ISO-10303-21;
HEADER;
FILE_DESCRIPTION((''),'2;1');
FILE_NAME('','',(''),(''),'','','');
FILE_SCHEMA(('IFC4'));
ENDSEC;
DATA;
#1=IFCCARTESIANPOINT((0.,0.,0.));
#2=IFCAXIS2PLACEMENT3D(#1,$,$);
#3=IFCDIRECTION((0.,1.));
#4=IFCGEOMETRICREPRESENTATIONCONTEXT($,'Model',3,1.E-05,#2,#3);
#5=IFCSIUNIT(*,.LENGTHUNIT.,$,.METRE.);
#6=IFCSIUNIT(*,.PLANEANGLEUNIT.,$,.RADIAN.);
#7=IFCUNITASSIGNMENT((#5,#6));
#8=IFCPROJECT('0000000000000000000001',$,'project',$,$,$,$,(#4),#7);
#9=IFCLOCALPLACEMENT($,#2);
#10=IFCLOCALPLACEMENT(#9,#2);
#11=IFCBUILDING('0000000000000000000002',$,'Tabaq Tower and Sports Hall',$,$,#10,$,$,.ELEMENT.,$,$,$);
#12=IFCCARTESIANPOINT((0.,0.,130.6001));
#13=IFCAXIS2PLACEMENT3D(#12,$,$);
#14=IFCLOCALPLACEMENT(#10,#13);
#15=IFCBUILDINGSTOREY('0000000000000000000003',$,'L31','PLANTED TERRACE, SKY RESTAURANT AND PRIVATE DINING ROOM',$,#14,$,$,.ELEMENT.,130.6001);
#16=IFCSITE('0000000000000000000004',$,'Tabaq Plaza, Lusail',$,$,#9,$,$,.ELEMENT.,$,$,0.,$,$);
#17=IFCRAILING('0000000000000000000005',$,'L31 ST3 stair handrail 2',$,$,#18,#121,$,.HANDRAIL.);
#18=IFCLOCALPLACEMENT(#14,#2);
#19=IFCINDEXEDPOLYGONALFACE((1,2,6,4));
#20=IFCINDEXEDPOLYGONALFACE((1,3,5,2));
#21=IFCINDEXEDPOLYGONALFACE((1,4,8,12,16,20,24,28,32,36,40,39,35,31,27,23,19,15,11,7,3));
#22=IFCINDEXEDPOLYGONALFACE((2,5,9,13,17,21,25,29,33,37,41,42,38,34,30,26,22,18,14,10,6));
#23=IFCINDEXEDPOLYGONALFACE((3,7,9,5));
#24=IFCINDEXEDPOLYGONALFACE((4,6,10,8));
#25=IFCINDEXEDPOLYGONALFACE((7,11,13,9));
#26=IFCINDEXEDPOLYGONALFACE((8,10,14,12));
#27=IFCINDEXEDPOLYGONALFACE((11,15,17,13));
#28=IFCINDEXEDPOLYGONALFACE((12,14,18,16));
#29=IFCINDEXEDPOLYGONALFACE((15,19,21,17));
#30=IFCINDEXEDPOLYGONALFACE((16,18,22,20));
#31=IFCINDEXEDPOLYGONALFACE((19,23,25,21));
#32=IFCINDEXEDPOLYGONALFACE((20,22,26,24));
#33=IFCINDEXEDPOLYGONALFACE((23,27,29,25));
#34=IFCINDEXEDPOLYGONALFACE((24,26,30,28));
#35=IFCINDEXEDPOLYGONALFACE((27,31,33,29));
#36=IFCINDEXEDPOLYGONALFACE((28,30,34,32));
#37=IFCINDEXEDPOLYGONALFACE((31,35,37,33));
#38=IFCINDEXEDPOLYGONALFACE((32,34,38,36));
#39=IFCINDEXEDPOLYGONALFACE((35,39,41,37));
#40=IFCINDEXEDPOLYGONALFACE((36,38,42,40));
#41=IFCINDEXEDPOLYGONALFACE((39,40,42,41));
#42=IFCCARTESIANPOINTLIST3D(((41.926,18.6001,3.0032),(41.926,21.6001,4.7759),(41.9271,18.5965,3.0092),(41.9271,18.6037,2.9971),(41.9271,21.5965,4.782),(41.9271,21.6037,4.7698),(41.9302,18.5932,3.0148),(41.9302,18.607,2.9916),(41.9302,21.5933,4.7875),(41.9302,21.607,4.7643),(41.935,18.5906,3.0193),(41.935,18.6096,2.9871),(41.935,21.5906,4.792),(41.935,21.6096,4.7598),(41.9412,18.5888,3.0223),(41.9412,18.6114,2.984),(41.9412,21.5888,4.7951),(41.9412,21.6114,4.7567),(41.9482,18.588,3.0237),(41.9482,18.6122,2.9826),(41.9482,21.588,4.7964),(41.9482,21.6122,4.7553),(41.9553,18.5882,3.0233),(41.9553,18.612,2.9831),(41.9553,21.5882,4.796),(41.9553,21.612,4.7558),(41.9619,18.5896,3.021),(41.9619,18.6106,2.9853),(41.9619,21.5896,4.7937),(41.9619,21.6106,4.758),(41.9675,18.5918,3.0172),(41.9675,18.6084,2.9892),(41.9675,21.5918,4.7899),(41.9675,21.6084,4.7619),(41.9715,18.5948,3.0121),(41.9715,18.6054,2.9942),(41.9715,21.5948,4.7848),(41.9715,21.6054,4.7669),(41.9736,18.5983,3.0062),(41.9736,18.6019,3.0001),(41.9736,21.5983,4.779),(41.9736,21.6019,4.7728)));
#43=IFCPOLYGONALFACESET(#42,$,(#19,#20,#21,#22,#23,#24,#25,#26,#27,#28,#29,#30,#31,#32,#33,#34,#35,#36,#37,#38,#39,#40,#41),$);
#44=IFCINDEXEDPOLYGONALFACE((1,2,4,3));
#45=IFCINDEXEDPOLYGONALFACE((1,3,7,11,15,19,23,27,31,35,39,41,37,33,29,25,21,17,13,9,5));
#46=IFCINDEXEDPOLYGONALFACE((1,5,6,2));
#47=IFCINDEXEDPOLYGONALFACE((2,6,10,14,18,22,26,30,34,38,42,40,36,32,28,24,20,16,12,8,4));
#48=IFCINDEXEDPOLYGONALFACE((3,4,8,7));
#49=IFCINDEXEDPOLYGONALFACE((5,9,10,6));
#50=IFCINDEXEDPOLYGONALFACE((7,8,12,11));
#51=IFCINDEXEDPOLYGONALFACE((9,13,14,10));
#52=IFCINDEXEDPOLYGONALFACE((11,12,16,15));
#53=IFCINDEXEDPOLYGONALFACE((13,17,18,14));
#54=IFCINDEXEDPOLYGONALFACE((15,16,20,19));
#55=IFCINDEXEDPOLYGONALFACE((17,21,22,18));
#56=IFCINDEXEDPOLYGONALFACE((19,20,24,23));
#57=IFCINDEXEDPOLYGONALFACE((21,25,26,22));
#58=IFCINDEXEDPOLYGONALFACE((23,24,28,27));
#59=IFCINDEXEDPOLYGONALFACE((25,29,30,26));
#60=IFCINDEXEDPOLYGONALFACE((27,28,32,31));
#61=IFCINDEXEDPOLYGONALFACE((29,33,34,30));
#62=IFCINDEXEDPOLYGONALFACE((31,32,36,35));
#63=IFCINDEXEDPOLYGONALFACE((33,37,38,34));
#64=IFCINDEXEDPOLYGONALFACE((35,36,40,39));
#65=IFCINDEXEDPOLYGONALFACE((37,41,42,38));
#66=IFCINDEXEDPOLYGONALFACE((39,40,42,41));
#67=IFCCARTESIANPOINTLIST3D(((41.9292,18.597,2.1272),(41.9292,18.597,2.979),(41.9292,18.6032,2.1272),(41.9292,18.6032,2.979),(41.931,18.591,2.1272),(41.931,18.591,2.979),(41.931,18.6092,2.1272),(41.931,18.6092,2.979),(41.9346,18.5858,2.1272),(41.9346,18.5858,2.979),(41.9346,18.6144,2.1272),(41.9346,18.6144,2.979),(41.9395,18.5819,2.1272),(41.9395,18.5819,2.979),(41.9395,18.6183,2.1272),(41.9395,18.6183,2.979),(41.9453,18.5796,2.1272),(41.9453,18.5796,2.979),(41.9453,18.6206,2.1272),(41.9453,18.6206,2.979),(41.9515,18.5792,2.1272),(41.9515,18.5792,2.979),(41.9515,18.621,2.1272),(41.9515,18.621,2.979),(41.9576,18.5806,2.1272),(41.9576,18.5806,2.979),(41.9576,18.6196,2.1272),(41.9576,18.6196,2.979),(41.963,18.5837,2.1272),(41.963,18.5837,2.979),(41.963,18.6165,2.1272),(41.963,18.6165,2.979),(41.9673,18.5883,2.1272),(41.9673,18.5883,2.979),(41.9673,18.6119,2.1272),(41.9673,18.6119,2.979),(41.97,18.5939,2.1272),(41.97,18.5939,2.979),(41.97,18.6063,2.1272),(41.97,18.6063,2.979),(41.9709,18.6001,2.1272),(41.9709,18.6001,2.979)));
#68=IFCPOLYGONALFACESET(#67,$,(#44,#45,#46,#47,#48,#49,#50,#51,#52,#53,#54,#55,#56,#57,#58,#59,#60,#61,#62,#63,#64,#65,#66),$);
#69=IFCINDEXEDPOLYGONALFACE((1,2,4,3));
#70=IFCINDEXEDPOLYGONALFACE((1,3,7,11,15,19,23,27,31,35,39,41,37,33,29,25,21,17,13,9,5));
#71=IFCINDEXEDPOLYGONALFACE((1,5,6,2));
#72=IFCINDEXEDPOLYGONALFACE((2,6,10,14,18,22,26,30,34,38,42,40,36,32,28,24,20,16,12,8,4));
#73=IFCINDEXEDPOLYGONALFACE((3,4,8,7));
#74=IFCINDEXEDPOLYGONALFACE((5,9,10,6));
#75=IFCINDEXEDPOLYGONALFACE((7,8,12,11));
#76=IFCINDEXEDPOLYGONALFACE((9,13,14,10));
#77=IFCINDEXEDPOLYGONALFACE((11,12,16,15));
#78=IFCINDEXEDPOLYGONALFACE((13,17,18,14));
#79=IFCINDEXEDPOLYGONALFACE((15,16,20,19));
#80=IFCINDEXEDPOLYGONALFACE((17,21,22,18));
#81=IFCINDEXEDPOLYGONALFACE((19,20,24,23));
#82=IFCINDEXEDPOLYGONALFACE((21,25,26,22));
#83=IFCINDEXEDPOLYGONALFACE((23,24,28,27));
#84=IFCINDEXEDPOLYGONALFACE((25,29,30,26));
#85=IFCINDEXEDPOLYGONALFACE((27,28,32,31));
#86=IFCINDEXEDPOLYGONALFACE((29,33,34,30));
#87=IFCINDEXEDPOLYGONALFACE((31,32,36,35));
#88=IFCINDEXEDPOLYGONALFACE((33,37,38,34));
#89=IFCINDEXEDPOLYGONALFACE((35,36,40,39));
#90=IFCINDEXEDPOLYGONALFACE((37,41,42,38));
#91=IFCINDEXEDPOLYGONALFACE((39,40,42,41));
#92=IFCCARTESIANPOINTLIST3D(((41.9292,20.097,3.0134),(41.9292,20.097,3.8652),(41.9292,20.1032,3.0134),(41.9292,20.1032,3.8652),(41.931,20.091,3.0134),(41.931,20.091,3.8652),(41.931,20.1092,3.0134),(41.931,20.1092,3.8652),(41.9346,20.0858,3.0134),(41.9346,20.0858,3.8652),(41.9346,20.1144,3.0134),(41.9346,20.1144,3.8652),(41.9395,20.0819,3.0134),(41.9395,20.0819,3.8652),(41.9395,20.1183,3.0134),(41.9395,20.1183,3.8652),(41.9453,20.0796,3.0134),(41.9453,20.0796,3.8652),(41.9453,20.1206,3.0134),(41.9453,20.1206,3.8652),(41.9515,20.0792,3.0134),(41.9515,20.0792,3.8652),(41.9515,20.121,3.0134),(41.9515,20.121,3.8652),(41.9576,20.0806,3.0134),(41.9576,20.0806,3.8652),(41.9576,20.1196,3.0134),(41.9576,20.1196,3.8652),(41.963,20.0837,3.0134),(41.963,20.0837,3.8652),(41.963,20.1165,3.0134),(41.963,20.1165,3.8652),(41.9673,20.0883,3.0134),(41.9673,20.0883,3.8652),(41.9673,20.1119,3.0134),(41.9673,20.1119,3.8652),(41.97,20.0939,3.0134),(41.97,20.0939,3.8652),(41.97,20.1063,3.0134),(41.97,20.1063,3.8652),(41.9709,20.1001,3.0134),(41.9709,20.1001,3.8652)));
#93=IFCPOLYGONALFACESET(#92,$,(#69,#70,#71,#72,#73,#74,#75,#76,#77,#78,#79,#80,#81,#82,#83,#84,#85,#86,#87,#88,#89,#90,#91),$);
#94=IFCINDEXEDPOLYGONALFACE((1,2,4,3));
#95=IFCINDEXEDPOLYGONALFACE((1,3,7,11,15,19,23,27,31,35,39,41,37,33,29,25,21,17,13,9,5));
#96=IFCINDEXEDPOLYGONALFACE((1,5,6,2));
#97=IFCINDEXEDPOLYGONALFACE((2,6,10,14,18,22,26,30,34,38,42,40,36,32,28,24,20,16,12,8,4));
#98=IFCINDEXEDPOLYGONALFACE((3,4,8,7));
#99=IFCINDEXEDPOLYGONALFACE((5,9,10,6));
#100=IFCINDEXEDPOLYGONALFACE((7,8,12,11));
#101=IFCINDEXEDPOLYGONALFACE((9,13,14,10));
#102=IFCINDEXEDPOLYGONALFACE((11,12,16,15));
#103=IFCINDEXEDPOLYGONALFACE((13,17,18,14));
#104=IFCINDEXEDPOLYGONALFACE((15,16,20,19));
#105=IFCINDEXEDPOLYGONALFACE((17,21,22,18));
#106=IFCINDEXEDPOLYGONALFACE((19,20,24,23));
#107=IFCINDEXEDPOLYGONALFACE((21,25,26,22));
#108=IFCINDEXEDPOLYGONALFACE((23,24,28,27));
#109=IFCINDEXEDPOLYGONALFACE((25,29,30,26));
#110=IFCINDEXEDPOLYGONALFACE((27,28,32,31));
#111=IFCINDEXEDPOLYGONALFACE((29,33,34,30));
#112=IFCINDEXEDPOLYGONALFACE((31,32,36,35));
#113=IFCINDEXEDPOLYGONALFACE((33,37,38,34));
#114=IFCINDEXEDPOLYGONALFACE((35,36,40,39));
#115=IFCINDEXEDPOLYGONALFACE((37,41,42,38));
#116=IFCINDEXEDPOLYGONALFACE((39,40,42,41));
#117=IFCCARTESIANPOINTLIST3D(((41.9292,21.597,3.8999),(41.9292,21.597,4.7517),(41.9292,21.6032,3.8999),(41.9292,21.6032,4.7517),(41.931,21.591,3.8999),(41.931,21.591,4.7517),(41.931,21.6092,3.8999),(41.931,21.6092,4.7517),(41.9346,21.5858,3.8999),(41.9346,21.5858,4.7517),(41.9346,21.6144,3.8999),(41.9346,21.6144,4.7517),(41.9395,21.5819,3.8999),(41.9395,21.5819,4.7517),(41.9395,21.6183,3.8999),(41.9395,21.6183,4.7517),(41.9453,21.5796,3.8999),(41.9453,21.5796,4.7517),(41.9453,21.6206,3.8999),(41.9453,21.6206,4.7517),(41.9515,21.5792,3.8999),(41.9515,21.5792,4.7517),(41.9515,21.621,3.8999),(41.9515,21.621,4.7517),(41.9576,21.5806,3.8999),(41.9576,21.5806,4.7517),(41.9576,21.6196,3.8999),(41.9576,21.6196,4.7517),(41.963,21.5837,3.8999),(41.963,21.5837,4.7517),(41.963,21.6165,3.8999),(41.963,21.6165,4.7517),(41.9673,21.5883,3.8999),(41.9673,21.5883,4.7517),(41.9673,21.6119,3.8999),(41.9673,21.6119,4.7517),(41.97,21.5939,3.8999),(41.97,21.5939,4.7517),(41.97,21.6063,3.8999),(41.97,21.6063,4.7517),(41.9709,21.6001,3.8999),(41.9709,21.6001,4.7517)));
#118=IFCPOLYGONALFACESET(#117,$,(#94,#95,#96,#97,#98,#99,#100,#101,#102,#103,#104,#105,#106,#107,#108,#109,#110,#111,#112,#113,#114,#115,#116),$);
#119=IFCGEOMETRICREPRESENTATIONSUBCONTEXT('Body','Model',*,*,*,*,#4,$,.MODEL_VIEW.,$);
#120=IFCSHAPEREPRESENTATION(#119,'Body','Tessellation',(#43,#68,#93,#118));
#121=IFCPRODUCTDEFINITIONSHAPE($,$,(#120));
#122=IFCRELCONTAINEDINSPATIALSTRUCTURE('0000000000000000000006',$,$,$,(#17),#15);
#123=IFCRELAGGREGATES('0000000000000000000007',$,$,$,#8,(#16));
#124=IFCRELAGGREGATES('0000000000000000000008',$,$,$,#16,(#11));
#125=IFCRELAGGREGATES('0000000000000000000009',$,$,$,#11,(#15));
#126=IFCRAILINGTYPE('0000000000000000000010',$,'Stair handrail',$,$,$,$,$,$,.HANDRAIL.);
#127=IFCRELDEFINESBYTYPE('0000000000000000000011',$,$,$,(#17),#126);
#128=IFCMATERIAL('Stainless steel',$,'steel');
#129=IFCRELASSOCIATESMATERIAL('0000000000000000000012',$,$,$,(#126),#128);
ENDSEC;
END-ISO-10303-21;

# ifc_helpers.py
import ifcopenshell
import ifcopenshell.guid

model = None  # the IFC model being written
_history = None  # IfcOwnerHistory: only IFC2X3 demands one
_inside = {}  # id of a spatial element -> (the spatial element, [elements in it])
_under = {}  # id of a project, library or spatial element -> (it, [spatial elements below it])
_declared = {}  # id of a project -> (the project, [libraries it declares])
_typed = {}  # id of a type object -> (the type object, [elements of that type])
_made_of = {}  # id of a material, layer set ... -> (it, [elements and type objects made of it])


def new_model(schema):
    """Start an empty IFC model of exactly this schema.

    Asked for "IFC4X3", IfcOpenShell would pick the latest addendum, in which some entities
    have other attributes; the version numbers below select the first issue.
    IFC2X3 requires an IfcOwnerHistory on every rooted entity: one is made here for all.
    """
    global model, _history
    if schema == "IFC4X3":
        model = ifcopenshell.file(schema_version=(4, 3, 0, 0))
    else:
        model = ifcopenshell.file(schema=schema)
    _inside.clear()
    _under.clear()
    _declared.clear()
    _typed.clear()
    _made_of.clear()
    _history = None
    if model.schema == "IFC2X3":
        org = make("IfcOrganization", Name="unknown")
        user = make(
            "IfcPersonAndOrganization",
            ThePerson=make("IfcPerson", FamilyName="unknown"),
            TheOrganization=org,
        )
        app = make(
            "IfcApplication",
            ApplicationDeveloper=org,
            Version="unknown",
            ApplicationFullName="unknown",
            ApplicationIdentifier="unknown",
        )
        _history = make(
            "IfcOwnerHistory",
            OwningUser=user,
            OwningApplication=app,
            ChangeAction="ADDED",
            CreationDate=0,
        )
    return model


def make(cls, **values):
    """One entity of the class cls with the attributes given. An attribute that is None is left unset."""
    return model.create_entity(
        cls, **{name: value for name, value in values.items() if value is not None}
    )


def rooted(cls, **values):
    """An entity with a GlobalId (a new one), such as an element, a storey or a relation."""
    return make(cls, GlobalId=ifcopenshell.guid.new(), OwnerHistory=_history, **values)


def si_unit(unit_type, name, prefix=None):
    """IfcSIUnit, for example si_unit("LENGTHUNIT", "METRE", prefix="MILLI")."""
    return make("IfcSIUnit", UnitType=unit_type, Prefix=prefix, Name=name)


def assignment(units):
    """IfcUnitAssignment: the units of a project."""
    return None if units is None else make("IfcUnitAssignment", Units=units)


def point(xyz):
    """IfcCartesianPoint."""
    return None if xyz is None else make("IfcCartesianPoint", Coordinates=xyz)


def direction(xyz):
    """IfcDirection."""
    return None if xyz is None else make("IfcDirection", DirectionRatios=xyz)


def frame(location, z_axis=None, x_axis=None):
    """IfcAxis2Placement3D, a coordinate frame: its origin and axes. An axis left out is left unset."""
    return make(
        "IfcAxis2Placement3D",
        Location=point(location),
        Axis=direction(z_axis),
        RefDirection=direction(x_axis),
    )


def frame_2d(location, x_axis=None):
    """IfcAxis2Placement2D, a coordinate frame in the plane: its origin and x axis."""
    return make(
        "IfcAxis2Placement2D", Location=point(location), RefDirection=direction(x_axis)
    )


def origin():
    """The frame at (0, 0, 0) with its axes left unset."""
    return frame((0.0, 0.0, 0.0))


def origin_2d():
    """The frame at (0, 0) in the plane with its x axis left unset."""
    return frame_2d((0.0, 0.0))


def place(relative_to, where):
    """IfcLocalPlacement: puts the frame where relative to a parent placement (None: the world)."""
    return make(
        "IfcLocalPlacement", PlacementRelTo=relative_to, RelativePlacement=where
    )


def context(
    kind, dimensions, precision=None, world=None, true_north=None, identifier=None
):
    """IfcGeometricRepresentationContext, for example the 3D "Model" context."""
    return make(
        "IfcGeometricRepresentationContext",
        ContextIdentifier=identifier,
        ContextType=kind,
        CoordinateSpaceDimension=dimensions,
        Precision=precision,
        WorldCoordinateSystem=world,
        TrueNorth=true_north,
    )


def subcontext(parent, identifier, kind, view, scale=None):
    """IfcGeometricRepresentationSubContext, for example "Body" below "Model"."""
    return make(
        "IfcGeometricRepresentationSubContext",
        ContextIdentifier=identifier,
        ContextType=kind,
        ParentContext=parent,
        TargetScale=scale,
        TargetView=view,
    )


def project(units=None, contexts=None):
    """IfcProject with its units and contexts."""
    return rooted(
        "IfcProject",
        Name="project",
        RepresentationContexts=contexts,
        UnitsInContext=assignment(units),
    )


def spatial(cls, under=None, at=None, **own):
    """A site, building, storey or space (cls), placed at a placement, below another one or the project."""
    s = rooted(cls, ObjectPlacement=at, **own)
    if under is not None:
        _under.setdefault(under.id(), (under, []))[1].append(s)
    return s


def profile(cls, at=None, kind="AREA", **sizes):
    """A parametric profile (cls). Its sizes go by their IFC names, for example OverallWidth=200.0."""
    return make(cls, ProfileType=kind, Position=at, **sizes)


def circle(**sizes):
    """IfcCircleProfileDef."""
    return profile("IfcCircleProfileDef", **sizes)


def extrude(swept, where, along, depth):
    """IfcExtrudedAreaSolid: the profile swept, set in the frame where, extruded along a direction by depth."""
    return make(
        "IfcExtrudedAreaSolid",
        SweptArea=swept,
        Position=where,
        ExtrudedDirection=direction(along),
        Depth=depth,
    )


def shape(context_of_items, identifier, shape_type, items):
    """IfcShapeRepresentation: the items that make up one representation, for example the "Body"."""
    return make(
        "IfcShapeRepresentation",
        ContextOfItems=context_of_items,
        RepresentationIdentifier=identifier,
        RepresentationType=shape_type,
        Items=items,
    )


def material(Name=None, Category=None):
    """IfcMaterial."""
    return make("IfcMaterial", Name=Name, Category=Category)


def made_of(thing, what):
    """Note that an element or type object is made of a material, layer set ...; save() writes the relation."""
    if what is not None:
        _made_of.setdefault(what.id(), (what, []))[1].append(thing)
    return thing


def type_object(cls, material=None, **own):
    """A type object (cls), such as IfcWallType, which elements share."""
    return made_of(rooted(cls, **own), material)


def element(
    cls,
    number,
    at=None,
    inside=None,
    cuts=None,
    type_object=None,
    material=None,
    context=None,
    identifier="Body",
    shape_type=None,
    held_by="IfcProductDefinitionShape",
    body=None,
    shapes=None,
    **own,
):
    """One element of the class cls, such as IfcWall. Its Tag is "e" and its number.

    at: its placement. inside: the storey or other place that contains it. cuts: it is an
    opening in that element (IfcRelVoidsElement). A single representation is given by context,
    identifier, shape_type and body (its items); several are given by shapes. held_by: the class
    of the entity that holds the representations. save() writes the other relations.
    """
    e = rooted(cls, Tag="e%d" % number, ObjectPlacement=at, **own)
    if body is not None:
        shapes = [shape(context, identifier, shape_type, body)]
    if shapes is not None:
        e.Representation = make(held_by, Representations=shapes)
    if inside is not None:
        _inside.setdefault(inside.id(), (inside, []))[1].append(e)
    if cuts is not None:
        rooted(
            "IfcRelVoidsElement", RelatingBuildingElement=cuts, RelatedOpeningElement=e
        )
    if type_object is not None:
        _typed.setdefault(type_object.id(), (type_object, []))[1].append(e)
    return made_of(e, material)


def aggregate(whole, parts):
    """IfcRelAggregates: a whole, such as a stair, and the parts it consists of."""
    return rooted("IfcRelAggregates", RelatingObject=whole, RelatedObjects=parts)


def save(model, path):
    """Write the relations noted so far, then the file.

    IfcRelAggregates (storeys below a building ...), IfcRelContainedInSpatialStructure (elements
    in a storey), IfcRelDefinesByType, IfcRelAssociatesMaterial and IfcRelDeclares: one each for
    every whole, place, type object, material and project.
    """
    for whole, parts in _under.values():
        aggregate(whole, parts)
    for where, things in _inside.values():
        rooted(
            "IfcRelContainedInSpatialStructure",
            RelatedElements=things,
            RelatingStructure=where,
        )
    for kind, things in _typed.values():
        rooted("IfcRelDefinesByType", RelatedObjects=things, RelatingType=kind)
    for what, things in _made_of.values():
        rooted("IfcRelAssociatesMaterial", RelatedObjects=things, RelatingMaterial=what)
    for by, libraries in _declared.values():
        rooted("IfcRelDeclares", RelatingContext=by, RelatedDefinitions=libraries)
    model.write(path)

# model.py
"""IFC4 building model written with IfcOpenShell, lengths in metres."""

from ifc_helpers import new_model, si_unit, direction, frame, origin, origin_2d, place, context, subcontext, project, spatial, circle, extrude, material, type_object, element, save


model = new_model("IFC4")

# Units and contexts
model_context = context("Model", 3, precision=1e-05, world=origin(), true_north=direction((0.0, 1.0)))
body_context = subcontext(model_context, "Body", "Model", "MODEL_VIEW")
ifc_project = project(units=[si_unit("LENGTHUNIT", "METRE"), si_unit("PLANEANGLEUNIT", "RADIAN")], contexts=[model_context])

# Site, building, storey
site_placement = place(None, origin())
site = spatial("IfcSite", under=ifc_project, at=site_placement, Name="Tabaq Plaza, Lusail", CompositionType="ELEMENT", RefElevation=0.0)
building_placement = place(site_placement, origin())
building = spatial("IfcBuilding", under=site, at=building_placement, Name="Tabaq Tower and Sports Hall", CompositionType="ELEMENT")
storey_placement = place(building_placement, frame((0.0, 0.0, 130.6001)))
storey = spatial("IfcBuildingStorey", under=building, at=storey_placement, Name="L31", Description="PLANTED TERRACE, SKY RESTAURANT AND PRIVATE DINING ROOM", CompositionType="ELEMENT", Elevation=130.6001)

# Railing
ifc_material_1 = material(Name="Stainless steel", Category="steel")
railing_type_1 = type_object("IfcRailingType", Name="Stair handrail", PredefinedType="HANDRAIL", material=ifc_material_1)
railing_1_placement = place(storey_placement, frame((41.95, 18.6001, 2.1272)))
element("IfcRailing", 1, at=railing_1_placement, inside=storey, type_object=railing_type_1, Name="L31 ST3 stair handrail 2", PredefinedType="HANDRAIL", context=body_context, shape_type="SweptSolid", body=[
    extrude(circle(Radius=0.0239, at=origin_2d()), frame((0.0, 0.0, 0.876), z_axis=(0.0, 0.860929, 0.508725), x_axis=(-1.0, 0.0, 0.0)), (0.0, 0.0, 1.0), 3.4846),
    extrude(circle(Radius=0.021, at=origin_2d()), origin(), (0.0, 0.0, 1.0), 0.8518),
    extrude(circle(Radius=0.021, at=origin_2d()), frame((0.0, 1.5, 0.8862)), (0.0, 0.0, 1.0), 0.8518),
    extrude(circle(Radius=0.021, at=origin_2d()), frame((0.0, 3.0, 1.7727)), (0.0, 0.0, 1.0), 0.8518),
])

save(model, "model.ifc")
